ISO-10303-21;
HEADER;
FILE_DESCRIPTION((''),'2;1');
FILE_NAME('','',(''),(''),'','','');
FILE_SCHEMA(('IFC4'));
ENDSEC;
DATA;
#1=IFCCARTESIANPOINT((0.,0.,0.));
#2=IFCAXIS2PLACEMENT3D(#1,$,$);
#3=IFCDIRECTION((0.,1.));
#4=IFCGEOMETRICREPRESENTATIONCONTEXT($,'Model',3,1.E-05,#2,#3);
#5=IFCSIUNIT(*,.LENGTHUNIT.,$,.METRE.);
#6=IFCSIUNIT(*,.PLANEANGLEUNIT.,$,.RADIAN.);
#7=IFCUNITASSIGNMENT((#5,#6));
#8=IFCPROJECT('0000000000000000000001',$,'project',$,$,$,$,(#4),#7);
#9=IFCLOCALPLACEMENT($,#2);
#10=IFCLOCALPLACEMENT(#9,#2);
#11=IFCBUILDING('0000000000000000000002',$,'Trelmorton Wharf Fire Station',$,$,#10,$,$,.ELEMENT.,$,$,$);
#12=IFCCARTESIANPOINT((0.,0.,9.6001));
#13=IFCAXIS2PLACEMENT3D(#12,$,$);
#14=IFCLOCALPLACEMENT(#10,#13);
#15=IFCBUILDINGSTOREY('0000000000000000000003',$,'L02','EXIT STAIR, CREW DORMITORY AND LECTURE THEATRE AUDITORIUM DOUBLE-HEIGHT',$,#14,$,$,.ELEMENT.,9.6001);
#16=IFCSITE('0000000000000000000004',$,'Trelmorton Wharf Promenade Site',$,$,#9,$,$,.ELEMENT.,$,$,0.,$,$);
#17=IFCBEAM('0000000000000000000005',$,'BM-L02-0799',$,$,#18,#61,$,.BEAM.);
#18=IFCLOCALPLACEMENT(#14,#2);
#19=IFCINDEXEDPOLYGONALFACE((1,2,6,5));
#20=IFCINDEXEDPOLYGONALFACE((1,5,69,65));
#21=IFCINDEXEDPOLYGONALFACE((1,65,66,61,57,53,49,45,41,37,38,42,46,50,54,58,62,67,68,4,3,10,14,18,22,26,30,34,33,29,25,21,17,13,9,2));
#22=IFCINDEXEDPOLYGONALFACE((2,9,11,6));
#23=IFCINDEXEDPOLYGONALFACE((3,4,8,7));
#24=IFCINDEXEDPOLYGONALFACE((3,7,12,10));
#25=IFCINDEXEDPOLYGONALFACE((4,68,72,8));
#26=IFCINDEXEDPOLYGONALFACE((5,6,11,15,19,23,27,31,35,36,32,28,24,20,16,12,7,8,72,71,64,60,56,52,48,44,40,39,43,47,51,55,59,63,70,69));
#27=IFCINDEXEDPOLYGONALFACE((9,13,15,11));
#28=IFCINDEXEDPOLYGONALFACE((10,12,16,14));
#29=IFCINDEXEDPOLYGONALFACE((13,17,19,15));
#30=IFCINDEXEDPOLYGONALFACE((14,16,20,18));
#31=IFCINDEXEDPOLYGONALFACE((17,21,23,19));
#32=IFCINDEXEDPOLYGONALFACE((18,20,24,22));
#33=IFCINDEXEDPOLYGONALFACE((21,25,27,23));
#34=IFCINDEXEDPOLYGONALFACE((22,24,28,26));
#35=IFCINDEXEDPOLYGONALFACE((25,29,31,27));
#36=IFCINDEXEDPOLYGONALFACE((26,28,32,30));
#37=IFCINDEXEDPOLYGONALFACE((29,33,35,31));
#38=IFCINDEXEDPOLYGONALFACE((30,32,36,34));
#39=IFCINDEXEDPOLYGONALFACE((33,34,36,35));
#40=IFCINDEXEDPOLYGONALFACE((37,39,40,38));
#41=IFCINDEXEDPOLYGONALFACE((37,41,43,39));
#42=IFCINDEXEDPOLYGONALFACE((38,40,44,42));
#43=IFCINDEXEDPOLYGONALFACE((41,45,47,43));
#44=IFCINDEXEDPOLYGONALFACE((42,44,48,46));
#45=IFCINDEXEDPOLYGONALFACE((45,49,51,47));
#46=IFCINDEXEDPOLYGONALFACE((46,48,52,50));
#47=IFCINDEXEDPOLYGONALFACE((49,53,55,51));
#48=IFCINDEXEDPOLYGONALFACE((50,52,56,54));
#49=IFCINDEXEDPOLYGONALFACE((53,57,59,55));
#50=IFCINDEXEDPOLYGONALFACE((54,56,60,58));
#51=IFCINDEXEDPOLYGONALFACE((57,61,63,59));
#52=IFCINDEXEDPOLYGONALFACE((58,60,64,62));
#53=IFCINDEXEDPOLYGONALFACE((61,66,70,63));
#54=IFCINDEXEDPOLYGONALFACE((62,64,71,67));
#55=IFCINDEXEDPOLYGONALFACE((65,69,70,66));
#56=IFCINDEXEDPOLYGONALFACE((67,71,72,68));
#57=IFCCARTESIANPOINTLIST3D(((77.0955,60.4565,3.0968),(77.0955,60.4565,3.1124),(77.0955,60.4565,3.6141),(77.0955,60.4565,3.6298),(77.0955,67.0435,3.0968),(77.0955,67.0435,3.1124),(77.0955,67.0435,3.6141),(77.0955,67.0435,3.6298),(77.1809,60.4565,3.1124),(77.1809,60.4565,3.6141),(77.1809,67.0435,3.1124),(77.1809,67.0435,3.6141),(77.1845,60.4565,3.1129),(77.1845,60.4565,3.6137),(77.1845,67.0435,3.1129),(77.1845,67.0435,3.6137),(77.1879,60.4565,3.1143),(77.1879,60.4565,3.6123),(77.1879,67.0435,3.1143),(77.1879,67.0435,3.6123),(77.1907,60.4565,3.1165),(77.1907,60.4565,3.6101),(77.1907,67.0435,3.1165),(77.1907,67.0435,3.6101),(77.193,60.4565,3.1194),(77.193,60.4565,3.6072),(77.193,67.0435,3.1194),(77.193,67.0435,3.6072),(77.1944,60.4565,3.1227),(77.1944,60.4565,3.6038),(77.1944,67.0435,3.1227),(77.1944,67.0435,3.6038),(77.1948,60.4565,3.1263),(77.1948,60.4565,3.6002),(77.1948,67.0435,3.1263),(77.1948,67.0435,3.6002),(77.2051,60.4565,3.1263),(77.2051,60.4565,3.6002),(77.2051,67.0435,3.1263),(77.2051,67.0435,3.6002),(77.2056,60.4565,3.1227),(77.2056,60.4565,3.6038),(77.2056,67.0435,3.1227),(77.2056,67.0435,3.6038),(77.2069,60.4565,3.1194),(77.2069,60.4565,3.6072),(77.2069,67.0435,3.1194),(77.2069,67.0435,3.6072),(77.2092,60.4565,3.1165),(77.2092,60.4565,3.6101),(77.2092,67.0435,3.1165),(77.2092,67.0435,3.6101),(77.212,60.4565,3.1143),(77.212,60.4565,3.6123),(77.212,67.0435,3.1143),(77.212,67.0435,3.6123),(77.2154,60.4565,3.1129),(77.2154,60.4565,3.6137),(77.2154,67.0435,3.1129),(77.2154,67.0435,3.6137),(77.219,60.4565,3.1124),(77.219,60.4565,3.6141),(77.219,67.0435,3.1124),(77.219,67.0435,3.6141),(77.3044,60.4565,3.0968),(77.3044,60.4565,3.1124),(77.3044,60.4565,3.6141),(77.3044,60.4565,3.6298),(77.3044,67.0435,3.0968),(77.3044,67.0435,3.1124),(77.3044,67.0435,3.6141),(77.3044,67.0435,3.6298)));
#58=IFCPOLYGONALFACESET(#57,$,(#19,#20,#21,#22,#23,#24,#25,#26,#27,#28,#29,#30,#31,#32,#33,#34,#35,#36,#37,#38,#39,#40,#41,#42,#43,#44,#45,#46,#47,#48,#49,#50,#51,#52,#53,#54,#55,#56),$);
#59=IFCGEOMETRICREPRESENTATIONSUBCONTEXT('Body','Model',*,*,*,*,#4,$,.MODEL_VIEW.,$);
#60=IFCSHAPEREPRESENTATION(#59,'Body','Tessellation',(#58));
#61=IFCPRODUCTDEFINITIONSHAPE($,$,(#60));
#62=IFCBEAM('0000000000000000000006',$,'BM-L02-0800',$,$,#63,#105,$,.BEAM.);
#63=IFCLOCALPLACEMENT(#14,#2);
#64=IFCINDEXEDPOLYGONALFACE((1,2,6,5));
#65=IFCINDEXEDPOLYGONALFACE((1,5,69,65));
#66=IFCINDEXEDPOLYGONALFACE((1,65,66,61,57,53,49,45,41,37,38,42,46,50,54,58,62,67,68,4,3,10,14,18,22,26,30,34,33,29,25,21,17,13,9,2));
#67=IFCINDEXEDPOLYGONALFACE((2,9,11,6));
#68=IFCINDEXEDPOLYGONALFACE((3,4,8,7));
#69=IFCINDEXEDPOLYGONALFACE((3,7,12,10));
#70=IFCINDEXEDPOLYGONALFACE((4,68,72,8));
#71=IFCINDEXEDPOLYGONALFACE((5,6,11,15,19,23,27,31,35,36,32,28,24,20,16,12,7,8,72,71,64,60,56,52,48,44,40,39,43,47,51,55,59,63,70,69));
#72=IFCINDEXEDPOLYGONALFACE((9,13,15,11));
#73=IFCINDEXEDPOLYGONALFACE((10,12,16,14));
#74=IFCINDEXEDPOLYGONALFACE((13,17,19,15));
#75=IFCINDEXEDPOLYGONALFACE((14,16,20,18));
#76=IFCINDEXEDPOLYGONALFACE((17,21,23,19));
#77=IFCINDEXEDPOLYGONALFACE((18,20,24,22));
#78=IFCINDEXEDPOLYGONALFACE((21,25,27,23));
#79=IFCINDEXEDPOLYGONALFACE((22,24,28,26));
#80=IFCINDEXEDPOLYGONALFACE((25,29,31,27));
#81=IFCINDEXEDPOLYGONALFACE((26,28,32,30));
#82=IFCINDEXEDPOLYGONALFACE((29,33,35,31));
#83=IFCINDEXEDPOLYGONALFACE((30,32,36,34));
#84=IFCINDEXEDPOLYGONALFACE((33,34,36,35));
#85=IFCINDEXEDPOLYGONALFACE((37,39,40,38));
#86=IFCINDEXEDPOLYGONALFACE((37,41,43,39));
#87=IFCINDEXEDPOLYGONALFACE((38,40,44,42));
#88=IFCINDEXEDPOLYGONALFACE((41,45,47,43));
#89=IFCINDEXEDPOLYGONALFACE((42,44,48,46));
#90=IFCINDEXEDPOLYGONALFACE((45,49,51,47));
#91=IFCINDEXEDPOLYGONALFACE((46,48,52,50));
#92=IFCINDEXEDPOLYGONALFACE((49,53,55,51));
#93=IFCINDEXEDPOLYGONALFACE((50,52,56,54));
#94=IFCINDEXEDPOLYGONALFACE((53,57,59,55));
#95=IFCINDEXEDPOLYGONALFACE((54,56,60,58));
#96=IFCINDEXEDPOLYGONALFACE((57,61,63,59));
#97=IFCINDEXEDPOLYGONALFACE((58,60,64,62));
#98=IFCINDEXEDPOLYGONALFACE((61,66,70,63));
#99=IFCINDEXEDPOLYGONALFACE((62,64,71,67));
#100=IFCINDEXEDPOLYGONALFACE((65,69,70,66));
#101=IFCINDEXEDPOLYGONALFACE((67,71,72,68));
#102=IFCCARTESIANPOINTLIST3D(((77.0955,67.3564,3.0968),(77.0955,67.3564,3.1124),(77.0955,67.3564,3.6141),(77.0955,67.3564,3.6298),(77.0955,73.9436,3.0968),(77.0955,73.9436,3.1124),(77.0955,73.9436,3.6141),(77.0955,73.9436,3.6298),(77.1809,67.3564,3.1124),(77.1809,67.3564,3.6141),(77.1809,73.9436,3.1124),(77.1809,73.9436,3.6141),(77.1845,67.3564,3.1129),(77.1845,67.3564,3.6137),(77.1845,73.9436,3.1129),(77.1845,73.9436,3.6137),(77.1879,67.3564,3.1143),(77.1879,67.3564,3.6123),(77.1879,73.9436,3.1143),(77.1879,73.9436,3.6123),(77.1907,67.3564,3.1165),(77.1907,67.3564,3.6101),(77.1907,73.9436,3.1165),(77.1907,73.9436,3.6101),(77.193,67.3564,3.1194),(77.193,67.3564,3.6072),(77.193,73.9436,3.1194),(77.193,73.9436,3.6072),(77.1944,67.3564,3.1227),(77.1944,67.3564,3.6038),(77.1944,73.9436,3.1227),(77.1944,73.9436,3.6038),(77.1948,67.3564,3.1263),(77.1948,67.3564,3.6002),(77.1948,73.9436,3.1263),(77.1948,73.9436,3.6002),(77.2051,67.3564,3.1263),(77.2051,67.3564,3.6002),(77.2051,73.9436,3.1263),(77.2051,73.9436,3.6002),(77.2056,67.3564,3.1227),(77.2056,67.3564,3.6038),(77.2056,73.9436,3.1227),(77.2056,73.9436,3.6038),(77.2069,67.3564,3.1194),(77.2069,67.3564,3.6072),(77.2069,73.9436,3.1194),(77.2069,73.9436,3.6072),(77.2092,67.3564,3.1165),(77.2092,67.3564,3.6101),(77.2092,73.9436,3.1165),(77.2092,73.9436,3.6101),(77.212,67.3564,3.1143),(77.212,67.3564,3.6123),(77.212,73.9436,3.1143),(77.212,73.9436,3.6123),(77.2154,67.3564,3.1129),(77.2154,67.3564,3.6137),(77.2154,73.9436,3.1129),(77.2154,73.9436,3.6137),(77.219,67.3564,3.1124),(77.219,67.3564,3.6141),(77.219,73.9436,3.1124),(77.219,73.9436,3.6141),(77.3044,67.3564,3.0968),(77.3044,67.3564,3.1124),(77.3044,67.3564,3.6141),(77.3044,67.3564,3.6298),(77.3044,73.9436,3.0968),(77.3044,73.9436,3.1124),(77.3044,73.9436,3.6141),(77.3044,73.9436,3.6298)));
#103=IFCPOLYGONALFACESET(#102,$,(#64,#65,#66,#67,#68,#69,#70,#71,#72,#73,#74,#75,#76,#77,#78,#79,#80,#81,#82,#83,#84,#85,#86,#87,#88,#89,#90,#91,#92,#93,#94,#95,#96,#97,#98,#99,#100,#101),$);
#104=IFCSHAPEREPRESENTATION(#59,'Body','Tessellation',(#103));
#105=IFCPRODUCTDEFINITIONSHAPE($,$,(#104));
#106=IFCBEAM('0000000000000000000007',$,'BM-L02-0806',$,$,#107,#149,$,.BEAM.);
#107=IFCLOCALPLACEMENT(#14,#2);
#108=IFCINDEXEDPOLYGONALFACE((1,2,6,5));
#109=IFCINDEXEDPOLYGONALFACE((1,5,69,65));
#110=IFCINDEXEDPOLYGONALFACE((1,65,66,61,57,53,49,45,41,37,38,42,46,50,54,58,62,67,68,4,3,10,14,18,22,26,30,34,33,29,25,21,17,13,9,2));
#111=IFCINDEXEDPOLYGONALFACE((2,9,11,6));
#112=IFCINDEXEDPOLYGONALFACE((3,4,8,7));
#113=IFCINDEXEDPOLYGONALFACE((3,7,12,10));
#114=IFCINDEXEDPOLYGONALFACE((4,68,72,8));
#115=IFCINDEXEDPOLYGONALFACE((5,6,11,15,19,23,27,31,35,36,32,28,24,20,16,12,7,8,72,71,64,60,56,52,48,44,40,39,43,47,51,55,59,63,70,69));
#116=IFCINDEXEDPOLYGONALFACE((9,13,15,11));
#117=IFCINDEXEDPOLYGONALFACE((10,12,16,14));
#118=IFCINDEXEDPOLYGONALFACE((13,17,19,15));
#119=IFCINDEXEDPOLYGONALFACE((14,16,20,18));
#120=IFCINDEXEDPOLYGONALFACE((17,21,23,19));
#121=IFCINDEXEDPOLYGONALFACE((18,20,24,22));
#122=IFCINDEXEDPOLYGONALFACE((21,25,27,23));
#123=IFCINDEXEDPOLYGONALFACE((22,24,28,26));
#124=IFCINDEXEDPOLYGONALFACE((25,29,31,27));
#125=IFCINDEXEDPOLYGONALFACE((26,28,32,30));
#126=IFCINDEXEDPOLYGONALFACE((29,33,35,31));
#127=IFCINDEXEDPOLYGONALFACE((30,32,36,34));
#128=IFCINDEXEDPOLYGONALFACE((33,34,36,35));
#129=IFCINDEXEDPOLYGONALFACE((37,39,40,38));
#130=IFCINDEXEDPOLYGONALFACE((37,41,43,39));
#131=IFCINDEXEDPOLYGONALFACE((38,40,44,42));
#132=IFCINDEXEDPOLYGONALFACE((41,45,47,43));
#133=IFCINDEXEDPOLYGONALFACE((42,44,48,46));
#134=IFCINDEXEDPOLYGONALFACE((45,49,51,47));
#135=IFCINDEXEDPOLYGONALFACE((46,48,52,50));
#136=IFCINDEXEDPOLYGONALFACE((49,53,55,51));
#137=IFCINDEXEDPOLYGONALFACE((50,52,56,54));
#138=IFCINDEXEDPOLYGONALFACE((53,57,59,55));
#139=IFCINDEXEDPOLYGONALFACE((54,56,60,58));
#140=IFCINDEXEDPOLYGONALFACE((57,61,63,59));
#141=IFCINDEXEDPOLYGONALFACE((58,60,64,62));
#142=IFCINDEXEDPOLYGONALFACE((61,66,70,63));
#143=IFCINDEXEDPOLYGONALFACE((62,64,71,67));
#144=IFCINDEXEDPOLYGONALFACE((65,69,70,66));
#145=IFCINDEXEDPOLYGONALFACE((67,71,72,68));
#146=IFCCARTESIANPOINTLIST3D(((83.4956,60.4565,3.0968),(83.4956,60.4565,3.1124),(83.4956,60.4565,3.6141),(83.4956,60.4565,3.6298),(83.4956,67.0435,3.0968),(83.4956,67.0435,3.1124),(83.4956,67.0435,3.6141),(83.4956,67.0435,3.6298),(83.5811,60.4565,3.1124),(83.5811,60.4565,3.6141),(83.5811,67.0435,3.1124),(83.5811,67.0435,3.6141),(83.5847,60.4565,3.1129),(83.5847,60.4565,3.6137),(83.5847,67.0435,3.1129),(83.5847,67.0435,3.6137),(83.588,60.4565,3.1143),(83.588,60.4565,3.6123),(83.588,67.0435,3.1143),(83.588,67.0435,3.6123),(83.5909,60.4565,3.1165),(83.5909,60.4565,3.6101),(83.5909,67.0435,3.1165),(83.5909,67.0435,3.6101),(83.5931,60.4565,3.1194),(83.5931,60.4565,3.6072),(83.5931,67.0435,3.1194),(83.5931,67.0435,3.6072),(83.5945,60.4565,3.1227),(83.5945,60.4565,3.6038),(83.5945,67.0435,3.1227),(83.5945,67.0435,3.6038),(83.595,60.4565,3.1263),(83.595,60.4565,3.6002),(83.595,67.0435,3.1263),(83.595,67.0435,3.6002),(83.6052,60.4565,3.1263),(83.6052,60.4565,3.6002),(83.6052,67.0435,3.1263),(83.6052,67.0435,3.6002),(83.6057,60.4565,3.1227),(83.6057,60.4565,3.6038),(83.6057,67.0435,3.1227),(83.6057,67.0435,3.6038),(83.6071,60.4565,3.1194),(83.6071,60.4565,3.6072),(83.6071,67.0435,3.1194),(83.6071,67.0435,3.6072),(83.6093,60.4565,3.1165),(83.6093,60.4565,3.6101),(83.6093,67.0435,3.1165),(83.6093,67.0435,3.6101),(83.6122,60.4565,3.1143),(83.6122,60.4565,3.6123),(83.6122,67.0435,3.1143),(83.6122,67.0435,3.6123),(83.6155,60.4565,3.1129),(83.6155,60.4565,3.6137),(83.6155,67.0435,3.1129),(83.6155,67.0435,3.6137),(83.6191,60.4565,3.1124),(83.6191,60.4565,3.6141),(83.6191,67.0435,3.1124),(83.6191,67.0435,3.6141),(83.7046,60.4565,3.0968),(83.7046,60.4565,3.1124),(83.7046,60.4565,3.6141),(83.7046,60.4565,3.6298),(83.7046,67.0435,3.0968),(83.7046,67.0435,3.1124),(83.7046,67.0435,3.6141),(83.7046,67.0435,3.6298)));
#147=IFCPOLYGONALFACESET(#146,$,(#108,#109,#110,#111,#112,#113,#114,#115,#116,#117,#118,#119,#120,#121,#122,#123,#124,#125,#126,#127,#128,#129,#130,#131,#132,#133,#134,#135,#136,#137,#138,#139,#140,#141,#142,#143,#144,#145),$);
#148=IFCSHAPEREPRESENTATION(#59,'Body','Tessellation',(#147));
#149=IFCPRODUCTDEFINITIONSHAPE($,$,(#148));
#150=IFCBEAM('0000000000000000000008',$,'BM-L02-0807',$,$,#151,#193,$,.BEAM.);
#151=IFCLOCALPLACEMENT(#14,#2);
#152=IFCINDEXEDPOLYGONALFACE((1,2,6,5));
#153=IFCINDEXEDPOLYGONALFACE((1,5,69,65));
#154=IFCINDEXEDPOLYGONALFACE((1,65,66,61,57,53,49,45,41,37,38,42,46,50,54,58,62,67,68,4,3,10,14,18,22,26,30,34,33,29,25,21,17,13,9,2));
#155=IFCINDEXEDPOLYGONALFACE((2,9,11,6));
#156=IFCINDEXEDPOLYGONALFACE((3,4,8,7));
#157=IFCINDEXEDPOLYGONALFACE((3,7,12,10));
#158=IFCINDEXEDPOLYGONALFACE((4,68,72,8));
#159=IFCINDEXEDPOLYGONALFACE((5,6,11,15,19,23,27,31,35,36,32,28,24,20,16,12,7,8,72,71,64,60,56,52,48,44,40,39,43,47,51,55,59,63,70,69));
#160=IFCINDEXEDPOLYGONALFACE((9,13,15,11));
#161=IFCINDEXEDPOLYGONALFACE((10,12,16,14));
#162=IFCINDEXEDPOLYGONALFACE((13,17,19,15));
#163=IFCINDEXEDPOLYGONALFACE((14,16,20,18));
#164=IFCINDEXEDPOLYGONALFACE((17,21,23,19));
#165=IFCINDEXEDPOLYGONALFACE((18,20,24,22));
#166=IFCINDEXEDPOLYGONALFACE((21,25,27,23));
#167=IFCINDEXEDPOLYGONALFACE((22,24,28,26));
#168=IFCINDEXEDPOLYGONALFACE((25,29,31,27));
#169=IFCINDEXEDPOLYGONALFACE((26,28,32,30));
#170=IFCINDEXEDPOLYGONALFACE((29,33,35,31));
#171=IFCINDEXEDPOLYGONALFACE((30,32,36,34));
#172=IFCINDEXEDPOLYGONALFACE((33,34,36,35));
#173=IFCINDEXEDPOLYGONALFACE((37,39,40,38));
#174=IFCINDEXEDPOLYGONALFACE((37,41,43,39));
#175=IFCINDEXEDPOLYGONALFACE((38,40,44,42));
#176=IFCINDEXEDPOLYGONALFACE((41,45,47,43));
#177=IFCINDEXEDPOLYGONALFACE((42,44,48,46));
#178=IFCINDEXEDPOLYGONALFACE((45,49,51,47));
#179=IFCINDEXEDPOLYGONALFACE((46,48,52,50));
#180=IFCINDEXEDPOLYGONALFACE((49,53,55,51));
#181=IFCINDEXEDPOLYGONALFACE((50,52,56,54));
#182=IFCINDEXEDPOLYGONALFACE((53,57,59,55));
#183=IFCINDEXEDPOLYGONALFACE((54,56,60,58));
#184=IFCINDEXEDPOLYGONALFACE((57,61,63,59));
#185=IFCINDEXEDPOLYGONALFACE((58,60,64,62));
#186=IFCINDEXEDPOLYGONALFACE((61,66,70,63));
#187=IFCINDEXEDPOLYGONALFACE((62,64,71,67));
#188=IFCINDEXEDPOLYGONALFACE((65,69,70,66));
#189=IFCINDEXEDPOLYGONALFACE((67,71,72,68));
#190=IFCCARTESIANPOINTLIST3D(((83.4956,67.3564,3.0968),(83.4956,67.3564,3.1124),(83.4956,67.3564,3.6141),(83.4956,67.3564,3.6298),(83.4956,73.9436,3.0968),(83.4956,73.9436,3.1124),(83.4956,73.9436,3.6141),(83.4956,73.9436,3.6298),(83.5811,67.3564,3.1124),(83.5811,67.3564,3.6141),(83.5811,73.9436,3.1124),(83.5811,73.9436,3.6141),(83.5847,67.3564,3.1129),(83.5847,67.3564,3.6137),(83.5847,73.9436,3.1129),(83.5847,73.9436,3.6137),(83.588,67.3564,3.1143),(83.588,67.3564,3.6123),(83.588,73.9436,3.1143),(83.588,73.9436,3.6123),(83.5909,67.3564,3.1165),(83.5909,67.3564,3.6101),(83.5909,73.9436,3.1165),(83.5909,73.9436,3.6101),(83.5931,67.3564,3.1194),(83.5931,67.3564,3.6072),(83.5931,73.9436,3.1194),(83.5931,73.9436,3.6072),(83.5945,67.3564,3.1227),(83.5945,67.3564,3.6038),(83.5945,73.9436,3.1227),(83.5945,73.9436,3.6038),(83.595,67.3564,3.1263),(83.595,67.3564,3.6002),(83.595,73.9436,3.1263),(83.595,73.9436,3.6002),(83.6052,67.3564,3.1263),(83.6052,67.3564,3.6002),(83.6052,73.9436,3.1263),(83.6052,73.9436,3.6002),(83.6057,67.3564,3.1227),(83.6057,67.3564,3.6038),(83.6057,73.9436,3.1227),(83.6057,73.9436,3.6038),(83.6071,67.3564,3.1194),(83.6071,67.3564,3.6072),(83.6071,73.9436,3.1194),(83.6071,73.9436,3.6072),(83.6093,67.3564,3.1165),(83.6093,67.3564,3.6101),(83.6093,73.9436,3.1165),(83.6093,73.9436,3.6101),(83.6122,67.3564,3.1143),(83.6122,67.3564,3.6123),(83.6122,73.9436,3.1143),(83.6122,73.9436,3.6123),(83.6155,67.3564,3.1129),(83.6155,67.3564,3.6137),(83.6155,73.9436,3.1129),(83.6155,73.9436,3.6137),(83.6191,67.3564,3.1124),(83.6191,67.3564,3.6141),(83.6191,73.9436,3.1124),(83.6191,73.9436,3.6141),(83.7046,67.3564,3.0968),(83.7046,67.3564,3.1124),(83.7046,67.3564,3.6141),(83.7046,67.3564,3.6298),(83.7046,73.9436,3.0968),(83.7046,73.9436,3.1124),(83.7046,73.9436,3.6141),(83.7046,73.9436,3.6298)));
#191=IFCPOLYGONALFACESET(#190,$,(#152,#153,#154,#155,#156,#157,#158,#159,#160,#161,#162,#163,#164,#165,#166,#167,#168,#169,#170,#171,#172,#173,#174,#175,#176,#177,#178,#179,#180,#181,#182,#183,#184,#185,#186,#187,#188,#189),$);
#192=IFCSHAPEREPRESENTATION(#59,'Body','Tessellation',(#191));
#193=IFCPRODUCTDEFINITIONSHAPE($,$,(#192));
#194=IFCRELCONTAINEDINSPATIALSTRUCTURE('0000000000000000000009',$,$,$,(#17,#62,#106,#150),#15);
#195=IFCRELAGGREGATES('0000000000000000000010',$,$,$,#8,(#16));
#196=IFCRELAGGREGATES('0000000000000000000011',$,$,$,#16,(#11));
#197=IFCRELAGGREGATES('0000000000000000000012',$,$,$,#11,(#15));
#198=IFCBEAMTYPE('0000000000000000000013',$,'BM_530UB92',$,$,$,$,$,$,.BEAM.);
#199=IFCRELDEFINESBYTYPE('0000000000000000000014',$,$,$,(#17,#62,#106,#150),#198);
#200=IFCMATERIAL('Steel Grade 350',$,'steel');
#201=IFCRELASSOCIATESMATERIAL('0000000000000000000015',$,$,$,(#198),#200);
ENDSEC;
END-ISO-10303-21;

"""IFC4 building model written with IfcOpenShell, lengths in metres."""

from ifc_helpers import new_model, si_unit, direction, frame, origin, origin_2d, place, context, subcontext, project, spatial, i_section, extrude, material, material_profile, profile_set, type_object, element, save


model = new_model("IFC4")

# Units and contexts
model_context = context("Model", 3, precision=1e-05, world=origin(), true_north=direction((0.0, 1.0)))
body_context = subcontext(model_context, "Body", "Model", "MODEL_VIEW")
ifc_project = project(units=[si_unit("LENGTHUNIT", "METRE"), si_unit("PLANEANGLEUNIT", "RADIAN")], contexts=[model_context])

# Site, building, storey
site_placement = place(None, origin())
site = spatial("IfcSite", under=ifc_project, at=site_placement, Name="Trelmorton Wharf Promenade Site", CompositionType="ELEMENT", RefElevation=0.0)
building_placement = place(site_placement, origin())
building = spatial("IfcBuilding", under=site, at=building_placement, Name="Trelmorton Wharf Fire Station", CompositionType="ELEMENT")
storey_placement = place(building_placement, frame((0.0, 0.0, 9.6001)))
storey = spatial("IfcBuildingStorey", under=building, at=storey_placement, Name="L02", Description="EXIT STAIR, CREW DORMITORY AND LECTURE THEATRE AUDITORIUM DOUBLE-HEIGHT", CompositionType="ELEMENT", Elevation=9.6001)

# Shared definitions
ifc_material_1 = material(Name="Steel Grade 350", Category="steel")

# Beams
ifc_material_profile_1 = material_profile(ifc_material_1, i_section(OverallWidth=0.209, OverallDepth=0.533, WebThickness=0.0103, FlangeThickness=0.0156, FilletRadius=0.0139, at=origin_2d()), Name="530UB92.4")
ifc_profile_set_1 = profile_set([ifc_material_profile_1], Name="Steel Grade 350")
beam_type_1 = type_object("IfcBeamType", Name="BM_530UB92", PredefinedType="BEAM", material=ifc_profile_set_1)
beam_1_placement = place(storey_placement, frame((77.2, 60.4565, 3.3633), z_axis=(0.0, 1.0, 0.0), x_axis=(-1.0, 0.0, 0.0)))
element("IfcBeam", 1, at=beam_1_placement, inside=storey, type_object=beam_type_1, Name="BM-L02-0799", PredefinedType="BEAM", context=body_context, shape_type="SweptSolid", body=[
    extrude(i_section(OverallWidth=0.209, OverallDepth=0.533, WebThickness=0.0103, FlangeThickness=0.0156, FilletRadius=0.0139, at=origin_2d()), origin(), (0.0, 0.0, 1.0), 6.5869),
])
beam_2_placement = place(storey_placement, frame((77.2, 67.3564, 3.3633), z_axis=(0.0, 1.0, 0.0), x_axis=(-1.0, 0.0, 0.0)))
element("IfcBeam", 2, at=beam_2_placement, inside=storey, type_object=beam_type_1, Name="BM-L02-0800", PredefinedType="BEAM", context=body_context, shape_type="SweptSolid", body=[
    extrude(i_section(OverallWidth=0.209, OverallDepth=0.533, WebThickness=0.0103, FlangeThickness=0.0156, FilletRadius=0.0139, at=origin_2d()), origin(), (0.0, 0.0, 1.0), 6.5872),
])
beam_3_placement = place(storey_placement, frame((83.6001, 60.4565, 3.3633), z_axis=(0.0, 1.0, 0.0), x_axis=(-1.0, 0.0, 0.0)))
element("IfcBeam", 3, at=beam_3_placement, inside=storey, type_object=beam_type_1, Name="BM-L02-0806", PredefinedType="BEAM", context=body_context, shape_type="SweptSolid", body=[
    extrude(i_section(OverallWidth=0.209, OverallDepth=0.533, WebThickness=0.0103, FlangeThickness=0.0156, FilletRadius=0.0139, at=origin_2d()), origin(), (0.0, 0.0, 1.0), 6.5869),
])
beam_4_placement = place(storey_placement, frame((83.6001, 67.3564, 3.3633), z_axis=(0.0, 1.0, 0.0), x_axis=(-1.0, 0.0, 0.0)))
element("IfcBeam", 4, at=beam_4_placement, inside=storey, type_object=beam_type_1, Name="BM-L02-0807", PredefinedType="BEAM", context=body_context, shape_type="SweptSolid", body=[
    extrude(i_section(OverallWidth=0.209, OverallDepth=0.533, WebThickness=0.0103, FlangeThickness=0.0156, FilletRadius=0.0139, at=origin_2d()), origin(), (0.0, 0.0, 1.0), 6.5872),
])

save(model, "model.ifc")
